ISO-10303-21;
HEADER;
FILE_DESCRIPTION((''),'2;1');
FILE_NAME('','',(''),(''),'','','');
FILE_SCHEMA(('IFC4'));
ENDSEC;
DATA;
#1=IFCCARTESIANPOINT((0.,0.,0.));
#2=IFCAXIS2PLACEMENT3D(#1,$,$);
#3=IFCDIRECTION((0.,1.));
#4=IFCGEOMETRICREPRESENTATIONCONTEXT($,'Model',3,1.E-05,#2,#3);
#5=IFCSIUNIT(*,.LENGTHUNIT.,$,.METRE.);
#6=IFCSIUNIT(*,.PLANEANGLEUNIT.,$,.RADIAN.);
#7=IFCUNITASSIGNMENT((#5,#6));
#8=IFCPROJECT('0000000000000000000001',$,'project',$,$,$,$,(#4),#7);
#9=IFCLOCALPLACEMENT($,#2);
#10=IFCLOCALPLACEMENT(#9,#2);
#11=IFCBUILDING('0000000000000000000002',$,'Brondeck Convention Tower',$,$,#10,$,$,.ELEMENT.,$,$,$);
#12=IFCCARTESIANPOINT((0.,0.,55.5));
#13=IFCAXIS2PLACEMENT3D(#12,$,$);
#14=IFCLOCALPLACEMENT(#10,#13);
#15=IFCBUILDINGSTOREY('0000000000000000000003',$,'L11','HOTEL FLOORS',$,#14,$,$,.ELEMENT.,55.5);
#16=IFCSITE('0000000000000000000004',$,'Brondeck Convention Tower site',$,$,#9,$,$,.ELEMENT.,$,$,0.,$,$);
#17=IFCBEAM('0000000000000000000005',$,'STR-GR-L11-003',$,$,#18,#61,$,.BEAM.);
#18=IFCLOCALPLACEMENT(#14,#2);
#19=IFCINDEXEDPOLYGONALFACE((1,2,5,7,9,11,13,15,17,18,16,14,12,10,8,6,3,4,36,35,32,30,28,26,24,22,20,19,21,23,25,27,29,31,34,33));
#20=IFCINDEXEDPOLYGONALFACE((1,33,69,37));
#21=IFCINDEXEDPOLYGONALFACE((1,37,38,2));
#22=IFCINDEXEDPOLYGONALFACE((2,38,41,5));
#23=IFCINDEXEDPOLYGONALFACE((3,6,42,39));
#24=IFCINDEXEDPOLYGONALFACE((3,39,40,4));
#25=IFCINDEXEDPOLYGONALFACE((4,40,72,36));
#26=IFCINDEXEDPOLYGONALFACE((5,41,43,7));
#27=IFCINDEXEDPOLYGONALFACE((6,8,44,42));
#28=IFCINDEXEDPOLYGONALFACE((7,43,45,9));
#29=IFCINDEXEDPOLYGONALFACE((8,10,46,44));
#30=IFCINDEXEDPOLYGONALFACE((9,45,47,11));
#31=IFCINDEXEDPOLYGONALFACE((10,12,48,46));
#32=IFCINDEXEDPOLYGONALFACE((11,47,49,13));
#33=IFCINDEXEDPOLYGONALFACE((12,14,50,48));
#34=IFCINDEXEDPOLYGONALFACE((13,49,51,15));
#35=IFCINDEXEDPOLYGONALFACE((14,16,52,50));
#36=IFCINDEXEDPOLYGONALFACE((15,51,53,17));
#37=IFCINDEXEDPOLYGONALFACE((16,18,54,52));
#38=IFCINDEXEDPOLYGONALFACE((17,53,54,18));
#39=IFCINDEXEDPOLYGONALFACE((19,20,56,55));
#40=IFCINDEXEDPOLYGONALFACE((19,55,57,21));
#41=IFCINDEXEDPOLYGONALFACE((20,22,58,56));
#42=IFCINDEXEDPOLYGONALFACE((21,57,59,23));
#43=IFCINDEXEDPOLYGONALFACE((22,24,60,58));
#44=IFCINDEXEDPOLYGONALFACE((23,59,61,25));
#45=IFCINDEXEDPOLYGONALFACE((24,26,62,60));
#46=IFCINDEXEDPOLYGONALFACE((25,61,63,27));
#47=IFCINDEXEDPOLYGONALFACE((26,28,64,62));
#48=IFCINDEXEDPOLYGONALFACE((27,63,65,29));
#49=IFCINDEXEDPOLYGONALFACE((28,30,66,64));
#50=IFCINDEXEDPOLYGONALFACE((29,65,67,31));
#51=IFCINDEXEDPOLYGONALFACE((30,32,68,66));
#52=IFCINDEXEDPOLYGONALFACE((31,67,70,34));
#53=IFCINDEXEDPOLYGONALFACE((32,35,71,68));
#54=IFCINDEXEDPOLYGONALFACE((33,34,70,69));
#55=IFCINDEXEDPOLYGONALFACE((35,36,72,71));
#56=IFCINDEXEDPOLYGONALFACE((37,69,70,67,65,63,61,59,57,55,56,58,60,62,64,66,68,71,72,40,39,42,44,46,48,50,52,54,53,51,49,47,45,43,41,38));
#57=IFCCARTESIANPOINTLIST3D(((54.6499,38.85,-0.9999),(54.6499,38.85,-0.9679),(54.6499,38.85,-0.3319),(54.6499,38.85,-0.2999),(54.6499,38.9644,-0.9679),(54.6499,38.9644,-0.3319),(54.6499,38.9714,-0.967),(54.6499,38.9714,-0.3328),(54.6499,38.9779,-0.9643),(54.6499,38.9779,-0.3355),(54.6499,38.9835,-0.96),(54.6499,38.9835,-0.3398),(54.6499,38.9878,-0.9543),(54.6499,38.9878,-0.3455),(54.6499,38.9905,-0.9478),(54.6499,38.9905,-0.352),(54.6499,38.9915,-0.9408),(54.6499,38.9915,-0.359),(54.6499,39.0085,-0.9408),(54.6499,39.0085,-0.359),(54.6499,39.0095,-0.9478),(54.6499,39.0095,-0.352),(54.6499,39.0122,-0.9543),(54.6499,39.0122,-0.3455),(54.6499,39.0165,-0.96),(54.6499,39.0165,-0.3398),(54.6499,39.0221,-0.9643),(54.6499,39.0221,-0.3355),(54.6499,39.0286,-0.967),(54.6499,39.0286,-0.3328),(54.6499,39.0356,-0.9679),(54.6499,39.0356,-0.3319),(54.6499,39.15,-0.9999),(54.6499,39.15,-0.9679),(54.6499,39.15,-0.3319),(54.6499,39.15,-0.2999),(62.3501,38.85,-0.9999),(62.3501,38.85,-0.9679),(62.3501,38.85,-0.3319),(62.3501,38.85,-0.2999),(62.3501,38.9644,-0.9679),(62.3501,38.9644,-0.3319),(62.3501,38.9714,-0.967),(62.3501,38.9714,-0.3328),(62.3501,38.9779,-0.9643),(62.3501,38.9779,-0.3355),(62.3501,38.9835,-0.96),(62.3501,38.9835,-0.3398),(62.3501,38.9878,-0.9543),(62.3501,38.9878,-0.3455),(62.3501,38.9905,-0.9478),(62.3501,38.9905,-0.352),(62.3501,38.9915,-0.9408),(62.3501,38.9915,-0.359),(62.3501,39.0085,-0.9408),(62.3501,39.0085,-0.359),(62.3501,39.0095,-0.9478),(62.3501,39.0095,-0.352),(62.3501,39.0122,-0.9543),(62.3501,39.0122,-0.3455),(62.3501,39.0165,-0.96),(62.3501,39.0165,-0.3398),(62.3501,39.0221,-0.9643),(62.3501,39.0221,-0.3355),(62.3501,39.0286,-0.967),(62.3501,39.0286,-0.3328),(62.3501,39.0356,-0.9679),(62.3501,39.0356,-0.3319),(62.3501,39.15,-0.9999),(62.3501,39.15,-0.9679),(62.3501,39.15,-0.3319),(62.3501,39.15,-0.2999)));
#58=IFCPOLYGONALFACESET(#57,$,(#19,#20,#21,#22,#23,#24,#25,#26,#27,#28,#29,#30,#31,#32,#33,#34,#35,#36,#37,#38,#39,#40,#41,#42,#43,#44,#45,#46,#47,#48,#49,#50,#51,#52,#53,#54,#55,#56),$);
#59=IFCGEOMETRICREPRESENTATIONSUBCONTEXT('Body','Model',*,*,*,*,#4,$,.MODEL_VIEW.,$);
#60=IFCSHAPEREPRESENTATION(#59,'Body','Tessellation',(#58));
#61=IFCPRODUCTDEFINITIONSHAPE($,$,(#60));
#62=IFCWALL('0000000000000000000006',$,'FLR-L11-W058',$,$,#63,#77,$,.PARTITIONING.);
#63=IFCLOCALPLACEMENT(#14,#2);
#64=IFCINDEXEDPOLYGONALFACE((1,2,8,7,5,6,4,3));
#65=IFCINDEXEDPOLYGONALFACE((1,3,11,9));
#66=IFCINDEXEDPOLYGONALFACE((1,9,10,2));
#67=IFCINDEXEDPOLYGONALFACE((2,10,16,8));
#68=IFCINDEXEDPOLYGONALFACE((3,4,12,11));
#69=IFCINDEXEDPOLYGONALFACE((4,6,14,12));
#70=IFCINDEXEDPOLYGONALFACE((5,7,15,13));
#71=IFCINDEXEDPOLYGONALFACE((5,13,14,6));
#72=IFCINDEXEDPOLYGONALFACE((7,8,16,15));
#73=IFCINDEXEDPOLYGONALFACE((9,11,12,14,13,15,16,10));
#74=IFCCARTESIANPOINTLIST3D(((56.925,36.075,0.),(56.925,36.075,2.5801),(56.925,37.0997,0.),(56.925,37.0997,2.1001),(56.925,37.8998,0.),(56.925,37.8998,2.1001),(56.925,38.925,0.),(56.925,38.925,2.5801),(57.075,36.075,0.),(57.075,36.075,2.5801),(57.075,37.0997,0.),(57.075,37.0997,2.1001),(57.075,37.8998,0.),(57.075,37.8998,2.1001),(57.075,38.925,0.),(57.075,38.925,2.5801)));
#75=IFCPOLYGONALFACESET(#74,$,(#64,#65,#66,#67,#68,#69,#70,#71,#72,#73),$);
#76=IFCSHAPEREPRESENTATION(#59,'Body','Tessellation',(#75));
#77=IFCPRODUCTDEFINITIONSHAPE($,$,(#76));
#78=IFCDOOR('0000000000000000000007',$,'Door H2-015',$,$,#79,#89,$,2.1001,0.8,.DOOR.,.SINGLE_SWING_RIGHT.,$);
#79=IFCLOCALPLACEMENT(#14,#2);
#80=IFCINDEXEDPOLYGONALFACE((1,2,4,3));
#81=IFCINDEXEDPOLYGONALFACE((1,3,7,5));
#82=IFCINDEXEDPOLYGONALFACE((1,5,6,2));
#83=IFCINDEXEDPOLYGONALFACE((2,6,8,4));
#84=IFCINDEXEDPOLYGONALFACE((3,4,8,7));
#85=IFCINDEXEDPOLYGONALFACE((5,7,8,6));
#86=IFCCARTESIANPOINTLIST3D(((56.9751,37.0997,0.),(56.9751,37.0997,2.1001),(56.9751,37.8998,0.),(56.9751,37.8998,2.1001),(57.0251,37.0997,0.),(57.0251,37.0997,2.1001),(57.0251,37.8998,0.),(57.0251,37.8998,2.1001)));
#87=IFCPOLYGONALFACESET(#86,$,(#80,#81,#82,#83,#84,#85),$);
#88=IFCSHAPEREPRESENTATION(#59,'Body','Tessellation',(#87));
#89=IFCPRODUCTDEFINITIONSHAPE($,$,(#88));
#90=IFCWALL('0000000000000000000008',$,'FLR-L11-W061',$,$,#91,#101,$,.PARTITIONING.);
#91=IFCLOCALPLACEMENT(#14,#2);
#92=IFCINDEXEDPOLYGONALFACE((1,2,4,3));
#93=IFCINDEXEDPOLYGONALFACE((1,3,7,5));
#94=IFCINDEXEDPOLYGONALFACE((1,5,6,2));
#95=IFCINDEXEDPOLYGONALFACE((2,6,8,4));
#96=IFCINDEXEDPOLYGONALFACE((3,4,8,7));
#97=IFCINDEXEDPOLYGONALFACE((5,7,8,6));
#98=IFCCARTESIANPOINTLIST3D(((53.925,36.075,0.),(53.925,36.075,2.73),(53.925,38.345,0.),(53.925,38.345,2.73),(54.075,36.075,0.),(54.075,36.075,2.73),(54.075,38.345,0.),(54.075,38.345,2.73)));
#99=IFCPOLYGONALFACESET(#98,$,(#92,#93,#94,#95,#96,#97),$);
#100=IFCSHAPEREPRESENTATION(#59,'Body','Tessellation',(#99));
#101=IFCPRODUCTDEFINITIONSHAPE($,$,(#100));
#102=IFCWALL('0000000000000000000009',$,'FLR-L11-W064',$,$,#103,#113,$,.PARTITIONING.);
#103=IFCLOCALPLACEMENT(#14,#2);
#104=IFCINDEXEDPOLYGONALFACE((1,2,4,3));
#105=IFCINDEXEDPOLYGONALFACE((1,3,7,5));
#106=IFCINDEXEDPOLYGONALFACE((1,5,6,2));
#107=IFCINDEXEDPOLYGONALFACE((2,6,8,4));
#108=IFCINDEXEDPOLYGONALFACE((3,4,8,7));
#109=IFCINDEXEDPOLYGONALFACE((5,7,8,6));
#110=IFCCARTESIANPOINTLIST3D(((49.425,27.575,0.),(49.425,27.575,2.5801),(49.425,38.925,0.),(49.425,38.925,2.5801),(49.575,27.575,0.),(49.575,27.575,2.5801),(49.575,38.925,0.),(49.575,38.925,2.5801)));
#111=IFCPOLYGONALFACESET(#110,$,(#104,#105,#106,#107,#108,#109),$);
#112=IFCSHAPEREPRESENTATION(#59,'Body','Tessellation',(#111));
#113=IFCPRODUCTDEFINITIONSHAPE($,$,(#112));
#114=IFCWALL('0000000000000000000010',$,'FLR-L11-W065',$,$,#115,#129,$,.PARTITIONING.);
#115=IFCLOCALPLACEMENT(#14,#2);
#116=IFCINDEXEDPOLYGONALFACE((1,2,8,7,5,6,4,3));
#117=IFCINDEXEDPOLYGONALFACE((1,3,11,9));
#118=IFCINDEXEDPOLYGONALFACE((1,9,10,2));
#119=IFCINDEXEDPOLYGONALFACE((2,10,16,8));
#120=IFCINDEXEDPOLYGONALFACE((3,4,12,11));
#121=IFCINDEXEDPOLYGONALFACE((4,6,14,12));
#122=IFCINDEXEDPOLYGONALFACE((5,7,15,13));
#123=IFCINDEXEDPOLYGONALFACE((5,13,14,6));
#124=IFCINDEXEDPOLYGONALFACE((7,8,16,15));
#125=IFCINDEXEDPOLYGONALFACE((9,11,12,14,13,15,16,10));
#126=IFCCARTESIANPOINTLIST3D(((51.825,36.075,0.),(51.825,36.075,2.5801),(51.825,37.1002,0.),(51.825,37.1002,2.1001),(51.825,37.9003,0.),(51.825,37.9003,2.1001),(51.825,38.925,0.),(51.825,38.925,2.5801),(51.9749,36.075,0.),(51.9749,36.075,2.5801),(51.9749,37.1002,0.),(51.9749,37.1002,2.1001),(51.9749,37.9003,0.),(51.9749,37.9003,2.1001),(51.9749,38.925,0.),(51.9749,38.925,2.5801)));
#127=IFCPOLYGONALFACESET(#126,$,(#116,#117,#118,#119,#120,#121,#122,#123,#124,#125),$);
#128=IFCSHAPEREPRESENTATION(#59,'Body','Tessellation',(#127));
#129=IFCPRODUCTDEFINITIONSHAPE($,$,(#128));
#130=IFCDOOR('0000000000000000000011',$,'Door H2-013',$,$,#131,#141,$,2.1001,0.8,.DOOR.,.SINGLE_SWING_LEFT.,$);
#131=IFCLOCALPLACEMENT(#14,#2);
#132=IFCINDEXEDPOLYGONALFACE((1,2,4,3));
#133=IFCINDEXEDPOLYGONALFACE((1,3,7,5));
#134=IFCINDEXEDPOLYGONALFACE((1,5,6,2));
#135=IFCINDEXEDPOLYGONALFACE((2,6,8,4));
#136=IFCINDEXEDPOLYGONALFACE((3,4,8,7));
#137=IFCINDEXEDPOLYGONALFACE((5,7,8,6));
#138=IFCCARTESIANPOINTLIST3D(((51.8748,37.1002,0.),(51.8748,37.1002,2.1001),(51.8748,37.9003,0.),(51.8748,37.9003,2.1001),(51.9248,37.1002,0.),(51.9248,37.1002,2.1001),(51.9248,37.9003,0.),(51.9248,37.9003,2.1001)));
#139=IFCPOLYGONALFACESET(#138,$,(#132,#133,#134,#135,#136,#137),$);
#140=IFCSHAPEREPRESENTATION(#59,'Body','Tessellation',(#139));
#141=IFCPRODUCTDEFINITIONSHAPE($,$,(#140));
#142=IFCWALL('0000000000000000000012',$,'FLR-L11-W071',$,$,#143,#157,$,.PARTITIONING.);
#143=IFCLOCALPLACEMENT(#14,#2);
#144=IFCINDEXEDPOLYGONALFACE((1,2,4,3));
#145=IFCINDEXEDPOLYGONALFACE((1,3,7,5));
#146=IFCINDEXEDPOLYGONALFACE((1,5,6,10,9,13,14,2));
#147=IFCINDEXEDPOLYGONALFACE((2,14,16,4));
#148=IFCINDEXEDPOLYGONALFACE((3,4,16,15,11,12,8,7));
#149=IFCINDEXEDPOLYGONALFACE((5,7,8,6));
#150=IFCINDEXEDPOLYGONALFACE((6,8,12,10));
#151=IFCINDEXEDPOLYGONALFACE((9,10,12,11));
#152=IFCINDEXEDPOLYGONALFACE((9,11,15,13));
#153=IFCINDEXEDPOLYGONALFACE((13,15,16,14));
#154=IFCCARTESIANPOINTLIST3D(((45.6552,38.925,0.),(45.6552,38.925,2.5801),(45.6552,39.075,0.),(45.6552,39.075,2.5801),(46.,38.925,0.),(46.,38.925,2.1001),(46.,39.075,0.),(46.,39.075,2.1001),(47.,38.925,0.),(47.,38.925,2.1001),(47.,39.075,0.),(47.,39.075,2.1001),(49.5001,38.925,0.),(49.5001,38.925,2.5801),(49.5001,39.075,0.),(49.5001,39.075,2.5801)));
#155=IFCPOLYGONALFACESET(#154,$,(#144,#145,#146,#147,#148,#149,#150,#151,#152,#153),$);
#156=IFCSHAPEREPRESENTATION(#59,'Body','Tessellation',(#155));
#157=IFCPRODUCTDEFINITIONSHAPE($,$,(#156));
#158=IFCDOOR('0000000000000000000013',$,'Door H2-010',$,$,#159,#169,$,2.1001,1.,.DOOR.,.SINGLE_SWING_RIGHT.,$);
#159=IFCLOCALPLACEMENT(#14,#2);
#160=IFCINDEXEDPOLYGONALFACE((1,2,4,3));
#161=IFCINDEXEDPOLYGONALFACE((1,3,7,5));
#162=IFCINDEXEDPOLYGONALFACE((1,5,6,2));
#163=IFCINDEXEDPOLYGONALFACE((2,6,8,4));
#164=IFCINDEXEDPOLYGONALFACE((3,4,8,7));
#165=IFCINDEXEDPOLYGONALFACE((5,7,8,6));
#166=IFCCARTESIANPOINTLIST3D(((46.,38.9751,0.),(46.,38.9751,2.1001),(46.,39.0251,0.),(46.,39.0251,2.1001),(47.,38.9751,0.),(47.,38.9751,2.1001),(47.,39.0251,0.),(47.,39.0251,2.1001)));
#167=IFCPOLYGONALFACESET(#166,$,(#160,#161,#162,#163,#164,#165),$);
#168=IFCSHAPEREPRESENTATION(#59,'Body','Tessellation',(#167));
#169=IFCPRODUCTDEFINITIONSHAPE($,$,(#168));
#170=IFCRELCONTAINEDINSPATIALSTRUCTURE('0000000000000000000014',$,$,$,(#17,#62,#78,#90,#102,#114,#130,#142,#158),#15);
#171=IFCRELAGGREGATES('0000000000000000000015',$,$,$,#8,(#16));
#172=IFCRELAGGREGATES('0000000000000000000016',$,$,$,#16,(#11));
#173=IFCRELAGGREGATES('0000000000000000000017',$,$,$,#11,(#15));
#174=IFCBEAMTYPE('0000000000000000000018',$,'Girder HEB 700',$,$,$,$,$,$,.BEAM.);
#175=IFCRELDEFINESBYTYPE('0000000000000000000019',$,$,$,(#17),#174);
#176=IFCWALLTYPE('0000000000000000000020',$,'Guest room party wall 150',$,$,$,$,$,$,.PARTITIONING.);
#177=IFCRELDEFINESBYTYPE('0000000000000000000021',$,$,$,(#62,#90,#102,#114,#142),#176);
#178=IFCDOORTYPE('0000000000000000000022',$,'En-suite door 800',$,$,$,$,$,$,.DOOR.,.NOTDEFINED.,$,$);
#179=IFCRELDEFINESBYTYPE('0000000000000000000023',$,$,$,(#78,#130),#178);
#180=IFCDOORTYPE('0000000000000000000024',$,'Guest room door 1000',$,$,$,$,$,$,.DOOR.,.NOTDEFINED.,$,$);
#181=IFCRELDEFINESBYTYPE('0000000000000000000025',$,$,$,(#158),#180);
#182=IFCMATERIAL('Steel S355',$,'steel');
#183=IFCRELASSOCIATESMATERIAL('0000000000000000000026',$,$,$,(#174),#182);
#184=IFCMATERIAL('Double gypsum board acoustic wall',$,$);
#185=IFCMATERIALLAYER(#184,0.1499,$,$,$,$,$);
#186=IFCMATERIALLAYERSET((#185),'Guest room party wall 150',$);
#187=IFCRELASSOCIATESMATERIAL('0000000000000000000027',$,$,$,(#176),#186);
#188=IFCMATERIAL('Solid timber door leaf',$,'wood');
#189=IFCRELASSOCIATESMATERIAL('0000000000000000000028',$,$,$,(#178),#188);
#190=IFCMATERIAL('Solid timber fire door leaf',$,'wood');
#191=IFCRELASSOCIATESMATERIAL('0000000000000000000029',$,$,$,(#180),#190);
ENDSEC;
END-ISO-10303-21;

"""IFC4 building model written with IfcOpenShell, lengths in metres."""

from ifc_helpers import new_model, si_unit, direction, frame, frame_2d, origin, origin_2d, place, context, subcontext, project, spatial, rectangle, i_section, extrude, material, layer, layer_set, material_profile, profile_set, type_object, element, fill, save


model = new_model("IFC4")

# Units and contexts
model_context = context("Model", 3, precision=1e-05, world=origin(), true_north=direction((0.0, 1.0)))
body_context = subcontext(model_context, "Body", "Model", "MODEL_VIEW")
ifc_project = project(units=[si_unit("LENGTHUNIT", "METRE"), si_unit("PLANEANGLEUNIT", "RADIAN")], contexts=[model_context])

# Site, building, storey
site_placement = place(None, origin())
site = spatial("IfcSite", under=ifc_project, at=site_placement, Name="Brondeck Convention Tower site", CompositionType="ELEMENT", RefElevation=0.0)
building_placement = place(site_placement, origin())
building = spatial("IfcBuilding", under=site, at=building_placement, Name="Brondeck Convention Tower", CompositionType="ELEMENT")
storey_placement = place(building_placement, frame((0.0, 0.0, 55.5)))
storey = spatial("IfcBuildingStorey", under=building, at=storey_placement, Name="L11", Description="HOTEL FLOORS", CompositionType="ELEMENT", Elevation=55.5)

# Beam
ifc_material_1 = material(Name="Steel S355", Category="steel")
ifc_material_profile_1 = material_profile(ifc_material_1, i_section(OverallWidth=0.3, OverallDepth=0.7, WebThickness=0.0171, FlangeThickness=0.032, FilletRadius=0.0271, at=origin_2d()), Name="HEB 700")
ifc_profile_set_1 = profile_set([ifc_material_profile_1], Name="Steel S355")
beam_type_1 = type_object("IfcBeamType", Name="Girder HEB 700", PredefinedType="BEAM", material=ifc_profile_set_1)
for number, where, z_axis, x_axis, name in (
    (1, (54.6499, 39.0, -0.6499), (1.0, 0.0, 0.0), (0.0, 1.0, 0.0), "STR-GR-L11-003"),
):
    element("IfcBeam", number, at=place(storey_placement, frame(where, z_axis=z_axis, x_axis=x_axis)), inside=storey, type_object=beam_type_1, Name=name, PredefinedType="BEAM", context=body_context, shape_type="SweptSolid", body=[
        extrude(i_section(OverallWidth=0.3, OverallDepth=0.7, WebThickness=0.0171, FlangeThickness=0.032, FilletRadius=0.0271, at=origin_2d()), origin(), (0.0, 0.0, 1.0), 7.7002),
    ])

# Wall, opening, door
ifc_material_2 = material(Name="Double gypsum board acoustic wall")
ifc_layer_1 = layer(ifc_material_2, 0.1499)
ifc_layer_set_1 = layer_set([ifc_layer_1], Name="Guest room party wall 150")
wall_type_1 = type_object("IfcWallType", Name="Guest room party wall 150", PredefinedType="PARTITIONING", material=ifc_layer_set_1)
wall_1_placement = place(storey_placement, frame((57.0, 36.075, 0.0), z_axis=(0.0, 0.0, 1.0), x_axis=(0.0, 1.0, 0.0)))
wall_1 = element("IfcWall", 2, at=wall_1_placement, inside=storey, type_object=wall_type_1, Name="FLR-L11-W058", PredefinedType="PARTITIONING", context=body_context, shape_type="SweptSolid", body=[
    extrude(rectangle(XDim=2.8501, YDim=0.1499, at=frame_2d((1.425, 0.0))), origin(), (0.0, 0.0, 1.0), 2.5801),
])
opening_1_placement = place(wall_1_placement, frame((1.0249, 0.0, 0.0)))
opening_1 = element("IfcOpeningElement", 3, at=opening_1_placement, cuts=wall_1, PredefinedType="OPENING", context=body_context, shape_type="SweptSolid", body=[
    extrude(rectangle(XDim=0.8, YDim=2.1001, at=frame_2d((0.3999, 1.05))), frame((0.0, 0.085, 0.0), z_axis=(0.0, -1.0, 0.0), x_axis=(1.0, 0.0, 0.0)), (0.0, 0.0, 1.0), 0.1699),
])
ifc_material_3 = material(Name="Solid timber door leaf", Category="wood")
door_type_1 = type_object("IfcDoorType", Name="En-suite door 800", OperationType="NOTDEFINED", PredefinedType="DOOR", material=ifc_material_3)
door_1_placement = place(opening_1_placement, origin())
door_1 = element("IfcDoor", 4, at=door_1_placement, inside=storey, type_object=door_type_1, Name="Door H2-015", OperationType="SINGLE_SWING_RIGHT", OverallHeight=2.1001, OverallWidth=0.8, PredefinedType="DOOR", context=body_context, shape_type="SweptSolid", body=[
    extrude(rectangle(XDim=0.8, YDim=2.1001, at=frame_2d((0.3999, 1.05))), frame((0.0, 0.0249, 0.0), z_axis=(0.0, -1.0, 0.0), x_axis=(1.0, 0.0, 0.0)), (0.0, 0.0, 1.0), 0.05),
])
fill(opening_1, door_1)

# Walls
wall_2_placement = place(storey_placement, frame((54.0, 38.345, 0.0), z_axis=(0.0, 0.0, 1.0), x_axis=(0.0, -1.0, 0.0)))
element("IfcWall", 5, at=wall_2_placement, inside=storey, type_object=wall_type_1, Name="FLR-L11-W061", PredefinedType="PARTITIONING", context=body_context, shape_type="SweptSolid", body=[
    extrude(rectangle(XDim=2.27, YDim=0.1499, at=frame_2d((1.135, 0.0))), origin(), (0.0, 0.0, 1.0), 2.73),
])
wall_3_placement = place(storey_placement, frame((49.5, 38.925, 0.0), z_axis=(0.0, 0.0, 1.0), x_axis=(0.0, -1.0, 0.0)))
element("IfcWall", 6, at=wall_3_placement, inside=storey, type_object=wall_type_1, Name="FLR-L11-W064", PredefinedType="PARTITIONING", context=body_context, shape_type="SweptSolid", body=[
    extrude(rectangle(XDim=11.3501, YDim=0.1499, at=frame_2d((5.675, 0.0))), origin(), (0.0, 0.0, 1.0), 2.5801),
])

# Walls, openings, doors
wall_4_placement = place(storey_placement, frame((51.8999, 38.925, 0.0), z_axis=(0.0, 0.0, 1.0), x_axis=(0.0, -1.0, 0.0)))
wall_4 = element("IfcWall", 7, at=wall_4_placement, inside=storey, type_object=wall_type_1, Name="FLR-L11-W065", PredefinedType="PARTITIONING", context=body_context, shape_type="SweptSolid", body=[
    extrude(rectangle(XDim=2.8501, YDim=0.1499, at=frame_2d((1.425, 0.0))), origin(), (0.0, 0.0, 1.0), 2.5801),
])
opening_2_placement = place(wall_4_placement, frame((1.0249, 0.0, 0.0)))
opening_2 = element("IfcOpeningElement", 8, at=opening_2_placement, cuts=wall_4, PredefinedType="OPENING", context=body_context, shape_type="SweptSolid", body=[
    extrude(rectangle(XDim=0.8, YDim=2.1001, at=frame_2d((0.3999, 1.05))), frame((0.0, 0.085, 0.0), z_axis=(0.0, -1.0, 0.0), x_axis=(1.0, 0.0, 0.0)), (0.0, 0.0, 1.0), 0.1699),
])
door_2_placement = place(opening_2_placement, origin())
door_2 = element("IfcDoor", 9, at=door_2_placement, inside=storey, type_object=door_type_1, Name="Door H2-013", OperationType="SINGLE_SWING_LEFT", OverallHeight=2.1001, OverallWidth=0.8, PredefinedType="DOOR", context=body_context, shape_type="SweptSolid", body=[
    extrude(rectangle(XDim=0.8, YDim=2.1001, at=frame_2d((0.3999, 1.05))), frame((0.0, 0.0249, 0.0), z_axis=(0.0, -1.0, 0.0), x_axis=(1.0, 0.0, 0.0)), (0.0, 0.0, 1.0), 0.05),
])
fill(opening_2, door_2)
wall_5_placement = place(storey_placement, frame((49.5, 39.0, 0.0), z_axis=(0.0, 0.0, 1.0), x_axis=(-1.0, 0.0, 0.0)))
wall_5 = element("IfcWall", 10, at=wall_5_placement, inside=storey, type_object=wall_type_1, Name="FLR-L11-W071", PredefinedType="PARTITIONING", context=body_context, shape_type="SweptSolid", body=[
    extrude(rectangle(XDim=3.845, YDim=0.1499, at=frame_2d((1.9224, 0.0))), origin(), (0.0, 0.0, 1.0), 2.5801),
])
opening_3_placement = place(wall_5_placement, frame((2.5, 0.0, 0.0)))
opening_3 = element("IfcOpeningElement", 11, at=opening_3_placement, cuts=wall_5, PredefinedType="OPENING", context=body_context, shape_type="SweptSolid", body=[
    extrude(rectangle(XDim=1.0, YDim=2.1001, at=frame_2d((0.5, 1.05))), frame((0.0, 0.085, 0.0), z_axis=(0.0, -1.0, 0.0), x_axis=(1.0, 0.0, 0.0)), (0.0, 0.0, 1.0), 0.1699),
])
ifc_material_4 = material(Name="Solid timber fire door leaf", Category="wood")
door_type_2 = type_object("IfcDoorType", Name="Guest room door 1000", OperationType="NOTDEFINED", PredefinedType="DOOR", material=ifc_material_4)
door_3_placement = place(opening_3_placement, origin())
door_3 = element("IfcDoor", 12, at=door_3_placement, inside=storey, type_object=door_type_2, Name="Door H2-010", OperationType="SINGLE_SWING_RIGHT", OverallHeight=2.1001, OverallWidth=1.0, PredefinedType="DOOR", context=body_context, shape_type="SweptSolid", body=[
    extrude(rectangle(XDim=1.0, YDim=2.1001, at=frame_2d((0.5, 1.05))), frame((0.0, 0.0249, 0.0), z_axis=(0.0, -1.0, 0.0), x_axis=(1.0, 0.0, 0.0)), (0.0, 0.0, 1.0), 0.05),
])
fill(opening_3, door_3)

save(model, "model.ifc")
